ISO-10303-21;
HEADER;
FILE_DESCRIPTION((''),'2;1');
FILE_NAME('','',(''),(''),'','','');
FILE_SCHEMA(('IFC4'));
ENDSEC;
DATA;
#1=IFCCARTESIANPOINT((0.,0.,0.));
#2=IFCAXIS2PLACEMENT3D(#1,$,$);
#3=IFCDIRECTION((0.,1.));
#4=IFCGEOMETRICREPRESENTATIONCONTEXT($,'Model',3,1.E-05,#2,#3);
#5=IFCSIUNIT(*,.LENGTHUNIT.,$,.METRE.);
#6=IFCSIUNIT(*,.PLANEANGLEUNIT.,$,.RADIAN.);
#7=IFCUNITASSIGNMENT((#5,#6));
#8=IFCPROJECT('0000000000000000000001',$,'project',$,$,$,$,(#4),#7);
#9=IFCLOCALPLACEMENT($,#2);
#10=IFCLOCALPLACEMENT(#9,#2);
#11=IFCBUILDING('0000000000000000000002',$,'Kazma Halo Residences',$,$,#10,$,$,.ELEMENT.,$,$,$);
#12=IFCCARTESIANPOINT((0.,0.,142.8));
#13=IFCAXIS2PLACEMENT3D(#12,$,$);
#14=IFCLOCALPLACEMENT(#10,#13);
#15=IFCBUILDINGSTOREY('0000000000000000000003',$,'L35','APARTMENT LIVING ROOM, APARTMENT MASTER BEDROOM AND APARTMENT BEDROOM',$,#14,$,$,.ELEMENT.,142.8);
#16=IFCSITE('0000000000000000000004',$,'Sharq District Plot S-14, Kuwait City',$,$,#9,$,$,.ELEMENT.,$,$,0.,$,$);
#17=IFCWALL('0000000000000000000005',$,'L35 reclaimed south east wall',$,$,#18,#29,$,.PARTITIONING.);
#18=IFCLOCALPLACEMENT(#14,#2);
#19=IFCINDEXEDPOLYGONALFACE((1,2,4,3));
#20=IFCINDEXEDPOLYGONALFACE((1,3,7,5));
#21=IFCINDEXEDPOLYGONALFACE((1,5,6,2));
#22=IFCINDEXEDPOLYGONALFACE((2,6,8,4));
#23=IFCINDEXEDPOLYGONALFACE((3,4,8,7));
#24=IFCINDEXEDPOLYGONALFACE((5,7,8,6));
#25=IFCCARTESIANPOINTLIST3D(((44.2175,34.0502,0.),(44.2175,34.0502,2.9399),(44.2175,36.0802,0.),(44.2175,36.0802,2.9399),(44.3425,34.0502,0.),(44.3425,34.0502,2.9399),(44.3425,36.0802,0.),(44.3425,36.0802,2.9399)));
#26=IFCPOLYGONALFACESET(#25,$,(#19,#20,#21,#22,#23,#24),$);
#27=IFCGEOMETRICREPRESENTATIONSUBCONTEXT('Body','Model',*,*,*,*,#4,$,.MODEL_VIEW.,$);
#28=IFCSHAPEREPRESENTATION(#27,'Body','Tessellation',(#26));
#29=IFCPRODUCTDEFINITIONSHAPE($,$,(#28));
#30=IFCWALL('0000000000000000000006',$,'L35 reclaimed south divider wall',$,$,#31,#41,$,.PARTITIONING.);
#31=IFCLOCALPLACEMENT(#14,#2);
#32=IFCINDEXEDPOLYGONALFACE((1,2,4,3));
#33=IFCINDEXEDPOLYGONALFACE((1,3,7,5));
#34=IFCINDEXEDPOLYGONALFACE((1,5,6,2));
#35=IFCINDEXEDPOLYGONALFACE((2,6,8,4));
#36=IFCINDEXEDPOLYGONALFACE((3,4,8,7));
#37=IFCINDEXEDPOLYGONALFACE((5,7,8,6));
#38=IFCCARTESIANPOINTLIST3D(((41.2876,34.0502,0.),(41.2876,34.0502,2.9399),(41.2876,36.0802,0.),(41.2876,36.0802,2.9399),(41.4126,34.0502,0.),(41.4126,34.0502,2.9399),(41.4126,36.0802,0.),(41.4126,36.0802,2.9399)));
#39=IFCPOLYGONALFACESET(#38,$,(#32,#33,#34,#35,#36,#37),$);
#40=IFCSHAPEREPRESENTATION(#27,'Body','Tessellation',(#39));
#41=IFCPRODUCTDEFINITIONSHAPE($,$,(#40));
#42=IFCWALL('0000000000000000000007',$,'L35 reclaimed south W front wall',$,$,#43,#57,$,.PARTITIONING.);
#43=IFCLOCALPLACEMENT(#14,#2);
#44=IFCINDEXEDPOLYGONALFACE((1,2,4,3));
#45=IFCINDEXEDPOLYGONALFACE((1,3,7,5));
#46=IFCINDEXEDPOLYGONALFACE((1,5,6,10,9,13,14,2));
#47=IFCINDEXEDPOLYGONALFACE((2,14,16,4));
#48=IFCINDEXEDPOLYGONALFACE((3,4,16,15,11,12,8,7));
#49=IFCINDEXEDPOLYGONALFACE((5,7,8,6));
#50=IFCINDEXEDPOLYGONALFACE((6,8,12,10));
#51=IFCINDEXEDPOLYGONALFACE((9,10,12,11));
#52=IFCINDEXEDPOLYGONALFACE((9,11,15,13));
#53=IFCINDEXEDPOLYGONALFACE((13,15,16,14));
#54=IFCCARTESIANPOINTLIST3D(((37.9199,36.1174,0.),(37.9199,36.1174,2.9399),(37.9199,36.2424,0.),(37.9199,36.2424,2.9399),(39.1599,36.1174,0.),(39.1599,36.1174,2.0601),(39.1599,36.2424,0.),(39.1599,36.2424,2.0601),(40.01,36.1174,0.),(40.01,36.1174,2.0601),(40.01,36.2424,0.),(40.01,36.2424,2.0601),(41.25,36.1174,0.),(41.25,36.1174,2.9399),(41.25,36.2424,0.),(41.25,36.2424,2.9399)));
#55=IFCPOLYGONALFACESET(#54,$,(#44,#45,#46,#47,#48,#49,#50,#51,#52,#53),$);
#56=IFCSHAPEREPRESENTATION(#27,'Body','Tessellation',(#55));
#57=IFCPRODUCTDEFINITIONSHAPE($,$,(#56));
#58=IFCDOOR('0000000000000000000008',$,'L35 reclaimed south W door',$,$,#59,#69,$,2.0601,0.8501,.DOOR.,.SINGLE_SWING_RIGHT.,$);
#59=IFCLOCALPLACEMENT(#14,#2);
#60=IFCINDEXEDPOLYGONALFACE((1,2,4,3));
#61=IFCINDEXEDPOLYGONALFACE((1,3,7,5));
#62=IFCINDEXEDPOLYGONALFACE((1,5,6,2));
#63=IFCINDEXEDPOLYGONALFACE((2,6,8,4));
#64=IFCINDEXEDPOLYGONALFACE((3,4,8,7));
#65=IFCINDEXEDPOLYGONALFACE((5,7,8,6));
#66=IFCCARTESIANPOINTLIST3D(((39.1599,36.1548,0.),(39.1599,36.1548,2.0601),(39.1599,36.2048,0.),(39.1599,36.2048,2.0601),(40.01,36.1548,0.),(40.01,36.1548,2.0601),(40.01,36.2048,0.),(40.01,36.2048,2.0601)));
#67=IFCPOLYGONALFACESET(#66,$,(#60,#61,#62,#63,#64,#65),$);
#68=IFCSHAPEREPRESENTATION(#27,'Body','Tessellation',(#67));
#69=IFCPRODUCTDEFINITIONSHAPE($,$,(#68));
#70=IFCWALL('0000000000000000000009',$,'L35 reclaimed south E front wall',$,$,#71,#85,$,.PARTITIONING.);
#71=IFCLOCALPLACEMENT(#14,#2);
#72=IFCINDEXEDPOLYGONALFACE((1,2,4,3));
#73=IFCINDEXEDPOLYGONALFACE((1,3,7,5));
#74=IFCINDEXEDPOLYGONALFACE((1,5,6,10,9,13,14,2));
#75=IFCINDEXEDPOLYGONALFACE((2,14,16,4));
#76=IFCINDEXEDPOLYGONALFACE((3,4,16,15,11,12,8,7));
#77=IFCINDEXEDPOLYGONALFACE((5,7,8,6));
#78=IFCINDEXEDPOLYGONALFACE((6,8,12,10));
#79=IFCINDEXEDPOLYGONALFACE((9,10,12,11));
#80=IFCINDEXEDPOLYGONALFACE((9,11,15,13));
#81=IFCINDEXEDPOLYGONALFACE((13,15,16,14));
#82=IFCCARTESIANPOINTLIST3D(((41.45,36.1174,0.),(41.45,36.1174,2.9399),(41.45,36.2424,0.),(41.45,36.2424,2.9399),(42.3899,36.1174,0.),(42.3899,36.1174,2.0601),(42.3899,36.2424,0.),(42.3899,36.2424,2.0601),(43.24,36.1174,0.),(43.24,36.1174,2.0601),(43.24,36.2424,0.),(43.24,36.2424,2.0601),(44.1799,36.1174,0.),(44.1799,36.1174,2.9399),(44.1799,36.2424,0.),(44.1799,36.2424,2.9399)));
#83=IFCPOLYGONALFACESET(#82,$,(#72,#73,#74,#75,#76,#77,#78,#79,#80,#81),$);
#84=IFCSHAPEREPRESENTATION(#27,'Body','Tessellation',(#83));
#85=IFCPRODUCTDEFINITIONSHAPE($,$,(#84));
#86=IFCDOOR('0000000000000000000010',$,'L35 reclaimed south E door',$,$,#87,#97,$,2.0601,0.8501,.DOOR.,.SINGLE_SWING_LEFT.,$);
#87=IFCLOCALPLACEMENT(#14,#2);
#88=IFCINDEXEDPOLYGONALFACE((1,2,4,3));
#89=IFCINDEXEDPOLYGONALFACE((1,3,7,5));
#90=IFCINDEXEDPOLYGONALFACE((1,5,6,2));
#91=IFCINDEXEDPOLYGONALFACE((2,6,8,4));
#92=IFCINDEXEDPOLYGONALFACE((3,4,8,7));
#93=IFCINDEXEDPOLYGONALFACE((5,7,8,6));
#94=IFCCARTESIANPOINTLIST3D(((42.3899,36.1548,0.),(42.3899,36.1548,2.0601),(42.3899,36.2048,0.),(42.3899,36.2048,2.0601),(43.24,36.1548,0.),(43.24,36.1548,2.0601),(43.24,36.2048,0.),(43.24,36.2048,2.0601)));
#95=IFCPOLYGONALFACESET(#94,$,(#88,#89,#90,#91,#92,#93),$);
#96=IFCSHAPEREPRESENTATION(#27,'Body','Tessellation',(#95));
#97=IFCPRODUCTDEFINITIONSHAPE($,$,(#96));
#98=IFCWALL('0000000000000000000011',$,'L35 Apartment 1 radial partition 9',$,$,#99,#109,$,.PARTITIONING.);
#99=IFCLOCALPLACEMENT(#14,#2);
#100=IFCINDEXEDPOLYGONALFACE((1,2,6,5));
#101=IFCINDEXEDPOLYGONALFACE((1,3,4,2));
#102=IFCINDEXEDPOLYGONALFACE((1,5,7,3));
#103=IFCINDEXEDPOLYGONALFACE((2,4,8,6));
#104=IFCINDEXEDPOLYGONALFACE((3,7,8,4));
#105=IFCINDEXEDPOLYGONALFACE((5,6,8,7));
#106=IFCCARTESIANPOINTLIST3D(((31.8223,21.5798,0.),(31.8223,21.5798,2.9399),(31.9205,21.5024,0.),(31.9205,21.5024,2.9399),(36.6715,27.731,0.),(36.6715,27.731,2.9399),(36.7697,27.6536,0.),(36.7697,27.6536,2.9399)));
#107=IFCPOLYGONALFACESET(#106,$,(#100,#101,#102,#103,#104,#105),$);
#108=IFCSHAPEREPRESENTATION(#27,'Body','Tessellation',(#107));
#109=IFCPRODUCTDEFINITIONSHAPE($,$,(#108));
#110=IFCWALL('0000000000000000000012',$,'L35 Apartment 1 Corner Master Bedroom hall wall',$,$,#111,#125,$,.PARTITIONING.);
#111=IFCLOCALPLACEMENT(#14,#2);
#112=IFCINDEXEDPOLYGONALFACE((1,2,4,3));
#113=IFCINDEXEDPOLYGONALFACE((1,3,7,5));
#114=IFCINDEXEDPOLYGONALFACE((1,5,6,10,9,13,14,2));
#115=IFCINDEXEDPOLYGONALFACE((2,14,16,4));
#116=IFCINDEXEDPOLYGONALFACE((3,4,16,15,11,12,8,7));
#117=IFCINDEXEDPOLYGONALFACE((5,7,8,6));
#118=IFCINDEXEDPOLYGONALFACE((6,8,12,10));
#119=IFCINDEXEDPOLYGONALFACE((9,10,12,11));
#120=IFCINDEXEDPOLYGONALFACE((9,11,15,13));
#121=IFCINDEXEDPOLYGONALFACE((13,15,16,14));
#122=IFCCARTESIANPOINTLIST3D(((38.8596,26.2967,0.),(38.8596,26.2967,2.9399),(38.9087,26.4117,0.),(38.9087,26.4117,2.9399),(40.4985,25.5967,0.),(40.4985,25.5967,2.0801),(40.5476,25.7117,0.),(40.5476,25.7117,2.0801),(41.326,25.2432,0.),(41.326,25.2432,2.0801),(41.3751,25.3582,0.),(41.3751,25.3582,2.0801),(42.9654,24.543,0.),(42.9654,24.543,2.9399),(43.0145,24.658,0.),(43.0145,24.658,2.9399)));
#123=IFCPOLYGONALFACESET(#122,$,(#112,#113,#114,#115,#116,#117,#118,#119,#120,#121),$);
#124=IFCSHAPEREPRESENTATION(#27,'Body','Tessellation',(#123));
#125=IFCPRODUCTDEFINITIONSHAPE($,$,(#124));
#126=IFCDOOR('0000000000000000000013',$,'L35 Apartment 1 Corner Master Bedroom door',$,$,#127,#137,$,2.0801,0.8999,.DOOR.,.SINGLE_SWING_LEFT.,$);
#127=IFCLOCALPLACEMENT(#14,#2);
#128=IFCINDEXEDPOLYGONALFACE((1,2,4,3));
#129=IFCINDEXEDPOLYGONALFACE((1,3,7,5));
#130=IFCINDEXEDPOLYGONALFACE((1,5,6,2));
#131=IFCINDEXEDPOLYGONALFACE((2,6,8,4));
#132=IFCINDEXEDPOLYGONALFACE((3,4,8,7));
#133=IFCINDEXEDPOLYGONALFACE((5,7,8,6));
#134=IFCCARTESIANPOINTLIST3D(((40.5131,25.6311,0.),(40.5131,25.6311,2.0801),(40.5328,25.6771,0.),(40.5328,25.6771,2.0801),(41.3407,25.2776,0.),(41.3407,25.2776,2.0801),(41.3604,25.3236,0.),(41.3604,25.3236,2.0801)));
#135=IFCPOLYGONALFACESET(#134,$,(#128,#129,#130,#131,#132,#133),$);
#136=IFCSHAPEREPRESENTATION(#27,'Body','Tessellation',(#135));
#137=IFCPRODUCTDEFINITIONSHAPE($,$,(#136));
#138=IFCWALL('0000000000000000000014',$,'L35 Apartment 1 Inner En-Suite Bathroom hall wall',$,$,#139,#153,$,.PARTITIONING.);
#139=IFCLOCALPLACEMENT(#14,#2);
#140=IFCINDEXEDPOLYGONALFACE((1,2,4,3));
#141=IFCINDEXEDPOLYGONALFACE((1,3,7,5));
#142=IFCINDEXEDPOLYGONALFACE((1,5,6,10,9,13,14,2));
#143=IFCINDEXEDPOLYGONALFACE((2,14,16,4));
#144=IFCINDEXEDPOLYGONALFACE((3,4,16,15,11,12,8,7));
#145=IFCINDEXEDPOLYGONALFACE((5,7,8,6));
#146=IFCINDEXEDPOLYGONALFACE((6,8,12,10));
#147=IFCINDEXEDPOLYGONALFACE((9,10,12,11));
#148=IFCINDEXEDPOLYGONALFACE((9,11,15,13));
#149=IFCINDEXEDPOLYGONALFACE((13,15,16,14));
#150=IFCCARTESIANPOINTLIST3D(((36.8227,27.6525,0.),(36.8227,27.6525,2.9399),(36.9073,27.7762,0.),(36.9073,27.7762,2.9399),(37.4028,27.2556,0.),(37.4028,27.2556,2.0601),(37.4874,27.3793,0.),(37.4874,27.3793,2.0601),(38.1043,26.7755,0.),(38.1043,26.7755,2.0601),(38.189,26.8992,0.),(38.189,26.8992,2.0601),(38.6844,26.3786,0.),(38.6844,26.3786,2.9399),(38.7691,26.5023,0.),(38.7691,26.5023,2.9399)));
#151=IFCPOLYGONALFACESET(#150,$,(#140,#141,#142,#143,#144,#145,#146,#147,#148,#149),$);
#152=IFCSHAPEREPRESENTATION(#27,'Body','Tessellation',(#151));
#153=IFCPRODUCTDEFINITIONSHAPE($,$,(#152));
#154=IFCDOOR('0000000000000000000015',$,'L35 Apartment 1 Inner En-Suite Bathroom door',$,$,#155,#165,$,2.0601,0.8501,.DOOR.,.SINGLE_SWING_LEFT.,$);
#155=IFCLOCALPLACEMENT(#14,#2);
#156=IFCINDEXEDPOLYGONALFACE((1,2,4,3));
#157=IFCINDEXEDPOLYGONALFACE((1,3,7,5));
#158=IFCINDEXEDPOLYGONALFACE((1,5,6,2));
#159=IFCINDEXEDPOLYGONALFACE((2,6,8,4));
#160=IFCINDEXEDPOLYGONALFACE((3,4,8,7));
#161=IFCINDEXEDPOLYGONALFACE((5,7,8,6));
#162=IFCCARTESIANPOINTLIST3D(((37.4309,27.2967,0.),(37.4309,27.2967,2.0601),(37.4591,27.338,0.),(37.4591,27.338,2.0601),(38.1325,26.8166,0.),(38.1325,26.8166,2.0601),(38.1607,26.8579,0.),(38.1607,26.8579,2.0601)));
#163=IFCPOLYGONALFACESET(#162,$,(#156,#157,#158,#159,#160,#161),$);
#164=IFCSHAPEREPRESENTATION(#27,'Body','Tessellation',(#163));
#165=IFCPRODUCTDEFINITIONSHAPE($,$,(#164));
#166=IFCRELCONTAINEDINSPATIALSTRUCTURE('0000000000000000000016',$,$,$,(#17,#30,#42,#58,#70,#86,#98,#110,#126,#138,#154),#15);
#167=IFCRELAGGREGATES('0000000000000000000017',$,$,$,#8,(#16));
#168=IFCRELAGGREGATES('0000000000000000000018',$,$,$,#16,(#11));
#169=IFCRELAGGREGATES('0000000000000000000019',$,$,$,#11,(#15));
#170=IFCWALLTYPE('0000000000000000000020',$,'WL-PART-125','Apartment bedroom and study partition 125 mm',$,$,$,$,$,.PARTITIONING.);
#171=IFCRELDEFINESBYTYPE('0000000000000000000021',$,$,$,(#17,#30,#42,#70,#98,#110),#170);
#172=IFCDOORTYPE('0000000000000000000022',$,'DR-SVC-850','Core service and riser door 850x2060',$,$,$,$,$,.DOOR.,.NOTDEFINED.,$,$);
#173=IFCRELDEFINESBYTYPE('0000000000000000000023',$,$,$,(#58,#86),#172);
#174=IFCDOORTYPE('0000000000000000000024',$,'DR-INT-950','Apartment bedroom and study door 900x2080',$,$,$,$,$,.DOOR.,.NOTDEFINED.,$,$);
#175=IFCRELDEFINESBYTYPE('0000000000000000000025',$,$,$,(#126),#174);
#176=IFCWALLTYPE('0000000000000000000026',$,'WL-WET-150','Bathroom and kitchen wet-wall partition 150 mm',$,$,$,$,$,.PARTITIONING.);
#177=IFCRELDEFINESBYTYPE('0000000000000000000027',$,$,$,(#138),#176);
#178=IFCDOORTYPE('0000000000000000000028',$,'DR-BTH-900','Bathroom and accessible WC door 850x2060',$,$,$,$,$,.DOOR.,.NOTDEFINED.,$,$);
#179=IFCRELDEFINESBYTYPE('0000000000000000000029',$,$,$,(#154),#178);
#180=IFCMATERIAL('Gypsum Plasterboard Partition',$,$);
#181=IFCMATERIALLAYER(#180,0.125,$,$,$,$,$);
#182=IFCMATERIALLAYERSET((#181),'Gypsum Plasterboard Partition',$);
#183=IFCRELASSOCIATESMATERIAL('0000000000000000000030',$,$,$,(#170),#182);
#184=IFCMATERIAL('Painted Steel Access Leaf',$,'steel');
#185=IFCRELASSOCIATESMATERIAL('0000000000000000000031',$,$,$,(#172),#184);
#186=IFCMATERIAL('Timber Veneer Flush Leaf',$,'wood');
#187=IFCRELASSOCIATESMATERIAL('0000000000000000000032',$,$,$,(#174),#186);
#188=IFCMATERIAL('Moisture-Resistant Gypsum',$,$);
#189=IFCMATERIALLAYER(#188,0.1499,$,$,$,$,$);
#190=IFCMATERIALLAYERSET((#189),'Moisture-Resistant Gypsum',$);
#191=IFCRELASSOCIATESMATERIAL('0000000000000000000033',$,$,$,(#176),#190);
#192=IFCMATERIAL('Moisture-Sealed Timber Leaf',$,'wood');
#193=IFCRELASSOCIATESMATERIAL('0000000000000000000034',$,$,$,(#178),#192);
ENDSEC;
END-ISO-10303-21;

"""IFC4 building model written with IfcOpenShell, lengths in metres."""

from ifc_helpers import new_model, si_unit, direction, frame, frame_2d, origin, place, context, subcontext, project, spatial, rectangle, extrude, material, layer, layer_set, type_object, element, fill, save


model = new_model("IFC4")

# Units and contexts
model_context = context("Model", 3, precision=1e-05, world=origin(), true_north=direction((0.0, 1.0)))
body_context = subcontext(model_context, "Body", "Model", "MODEL_VIEW")
ifc_project = project(units=[si_unit("LENGTHUNIT", "METRE"), si_unit("PLANEANGLEUNIT", "RADIAN")], contexts=[model_context])

# Site, building, storey
site_placement = place(None, origin())
site = spatial("IfcSite", under=ifc_project, at=site_placement, Name="Sharq District Plot S-14, Kuwait City", CompositionType="ELEMENT", RefElevation=0.0)
building_placement = place(site_placement, origin())
building = spatial("IfcBuilding", under=site, at=building_placement, Name="Kazma Halo Residences", CompositionType="ELEMENT")
storey_placement = place(building_placement, frame((0.0, 0.0, 142.8)))
storey = spatial("IfcBuildingStorey", under=building, at=storey_placement, Name="L35", Description="APARTMENT LIVING ROOM, APARTMENT MASTER BEDROOM AND APARTMENT BEDROOM", CompositionType="ELEMENT", Elevation=142.8)

# Walls
ifc_material_1 = material(Name="Gypsum Plasterboard Partition")
ifc_layer_1 = layer(ifc_material_1, 0.125)
ifc_layer_set_1 = layer_set([ifc_layer_1], Name="Gypsum Plasterboard Partition")
wall_type_1 = type_object("IfcWallType", Name="WL-PART-125", Description="Apartment bedroom and study partition 125 mm", PredefinedType="PARTITIONING", material=ifc_layer_set_1)
for number, where, z_axis, x_axis, name in (
    (1, (44.28, 34.05, 0.0), (0.0, 0.0, 1.0), (0.0, 1.0, 0.0), "L35 reclaimed south east wall"),
    (2, (41.3501, 34.05, 0.0), (0.0, 0.0, 1.0), (0.0, 1.0, 0.0), "L35 reclaimed south divider wall"),
):
    element("IfcWall", number, at=place(storey_placement, frame(where, z_axis=z_axis, x_axis=x_axis)), inside=storey, type_object=wall_type_1, Name=name, PredefinedType="PARTITIONING", context=body_context, shape_type="SweptSolid", body=[
        extrude(rectangle(XDim=2.03, YDim=0.125, at=frame_2d((1.0151, 0.0))), origin(), (0.0, 0.0, 1.0), 2.9399),
    ])

# Walls, openings, doors
wall_1_placement = place(storey_placement, frame((37.9199, 36.1799, 0.0), z_axis=(0.0, 0.0, 1.0), x_axis=(1.0, 0.0, 0.0)))
wall_1 = element("IfcWall", 3, at=wall_1_placement, inside=storey, type_object=wall_type_1, Name="L35 reclaimed south W front wall", PredefinedType="PARTITIONING", context=body_context, shape_type="SweptSolid", body=[
    extrude(rectangle(XDim=3.3301, YDim=0.125, at=frame_2d((1.665, 0.0))), origin(), (0.0, 0.0, 1.0), 2.9399),
])
opening_1_placement = place(wall_1_placement, frame((1.24, 0.0, 0.0)))
opening_1 = element("IfcOpeningElement", 4, at=opening_1_placement, cuts=wall_1, PredefinedType="OPENING", context=body_context, shape_type="SweptSolid", body=[
    extrude(rectangle(XDim=0.8501, YDim=2.0601, at=frame_2d((0.425, 1.03))), frame((0.0, 0.0725, 0.0), z_axis=(0.0, -1.0, 0.0), x_axis=(1.0, 0.0, 0.0)), (0.0, 0.0, 1.0), 0.145),
])
ifc_material_2 = material(Name="Painted Steel Access Leaf", Category="steel")
door_type_1 = type_object("IfcDoorType", Name="DR-SVC-850", Description="Core service and riser door 850x2060", OperationType="NOTDEFINED", PredefinedType="DOOR", material=ifc_material_2)
door_1_placement = place(opening_1_placement, origin())
door_1 = element("IfcDoor", 5, at=door_1_placement, inside=storey, type_object=door_type_1, Name="L35 reclaimed south W door", OperationType="SINGLE_SWING_RIGHT", OverallHeight=2.0601, OverallWidth=0.8501, PredefinedType="DOOR", context=body_context, shape_type="SweptSolid", body=[
    extrude(rectangle(XDim=0.8501, YDim=2.0601, at=frame_2d((0.425, 1.03))), frame((0.0, 0.0249, 0.0), z_axis=(0.0, -1.0, 0.0), x_axis=(1.0, 0.0, 0.0)), (0.0, 0.0, 1.0), 0.05),
])
fill(opening_1, door_1)
wall_2_placement = place(storey_placement, frame((41.45, 36.1799, 0.0), z_axis=(0.0, 0.0, 1.0), x_axis=(1.0, 0.0, 0.0)))
wall_2 = element("IfcWall", 6, at=wall_2_placement, inside=storey, type_object=wall_type_1, Name="L35 reclaimed south E front wall", PredefinedType="PARTITIONING", context=body_context, shape_type="SweptSolid", body=[
    extrude(rectangle(XDim=2.73, YDim=0.125, at=frame_2d((1.365, 0.0))), origin(), (0.0, 0.0, 1.0), 2.9399),
])
opening_2_placement = place(wall_2_placement, frame((0.9399, 0.0, 0.0)))
opening_2 = element("IfcOpeningElement", 7, at=opening_2_placement, cuts=wall_2, PredefinedType="OPENING", context=body_context, shape_type="SweptSolid", body=[
    extrude(rectangle(XDim=0.8501, YDim=2.0601, at=frame_2d((0.425, 1.03))), frame((0.0, 0.0725, 0.0), z_axis=(0.0, -1.0, 0.0), x_axis=(1.0, 0.0, 0.0)), (0.0, 0.0, 1.0), 0.145),
])
door_2_placement = place(opening_2_placement, origin())
door_2 = element("IfcDoor", 8, at=door_2_placement, inside=storey, type_object=door_type_1, Name="L35 reclaimed south E door", OperationType="SINGLE_SWING_LEFT", OverallHeight=2.0601, OverallWidth=0.8501, PredefinedType="DOOR", context=body_context, shape_type="SweptSolid", body=[
    extrude(rectangle(XDim=0.8501, YDim=2.0601, at=frame_2d((0.425, 1.03))), frame((0.0, 0.0249, 0.0), z_axis=(0.0, -1.0, 0.0), x_axis=(1.0, 0.0, 0.0)), (0.0, 0.0, 1.0), 0.05),
])
fill(opening_2, door_2)

# Wall
wall_3_placement = place(storey_placement, frame((36.7207, 27.6924, 0.0), z_axis=(0.0, 0.0, 1.0), x_axis=(-0.619091, -0.785319, 0.0)))
element("IfcWall", 9, at=wall_3_placement, inside=storey, type_object=wall_type_1, Name="L35 Apartment 1 radial partition 9", PredefinedType="PARTITIONING", context=body_context, shape_type="SweptSolid", body=[
    extrude(rectangle(XDim=7.8328, YDim=0.125, at=frame_2d((3.9165, 0.0))), origin(), (0.0, 0.0, 1.0), 2.9399),
])

# Walls, openings, doors
wall_4_placement = place(storey_placement, frame((38.884, 26.3542, 0.0), z_axis=(0.0, 0.0, 1.0), x_axis=(0.919625, -0.392797, 0.0)))
wall_4 = element("IfcWall", 10, at=wall_4_placement, inside=storey, type_object=wall_type_1, Name="L35 Apartment 1 Corner Master Bedroom hall wall", PredefinedType="PARTITIONING", context=body_context, shape_type="SweptSolid", body=[
    extrude(rectangle(XDim=4.4646, YDim=0.125, at=frame_2d((2.2324, 0.0))), origin(), (0.0, 0.0, 1.0), 2.9399),
])
opening_3_placement = place(wall_4_placement, frame((1.7822, 0.0, 0.0)))
opening_3 = element("IfcOpeningElement", 11, at=opening_3_placement, cuts=wall_4, PredefinedType="OPENING", context=body_context, shape_type="SweptSolid", body=[
    extrude(rectangle(XDim=0.8999, YDim=2.0801, at=frame_2d((0.45, 1.04))), frame((0.0, 0.0725, 0.0), z_axis=(0.0, -1.0, 0.0), x_axis=(1.0, 0.0, 0.0)), (0.0, 0.0, 1.0), 0.145),
])
ifc_material_3 = material(Name="Timber Veneer Flush Leaf", Category="wood")
door_type_2 = type_object("IfcDoorType", Name="DR-INT-950", Description="Apartment bedroom and study door 900x2080", OperationType="NOTDEFINED", PredefinedType="DOOR", material=ifc_material_3)
door_3_placement = place(opening_3_placement, origin())
door_3 = element("IfcDoor", 12, at=door_3_placement, inside=storey, type_object=door_type_2, Name="L35 Apartment 1 Corner Master Bedroom door", OperationType="SINGLE_SWING_LEFT", OverallHeight=2.0801, OverallWidth=0.8999, PredefinedType="DOOR", context=body_context, shape_type="SweptSolid", body=[
    extrude(rectangle(XDim=0.8999, YDim=2.0801, at=frame_2d((0.45, 1.04))), frame((0.0, 0.0249, 0.0), z_axis=(0.0, -1.0, 0.0), x_axis=(1.0, 0.0, 0.0)), (0.0, 0.0, 1.0), 0.05),
])
fill(opening_3, door_3)
ifc_material_4 = material(Name="Moisture-Resistant Gypsum")
ifc_layer_2 = layer(ifc_material_4, 0.1499)
ifc_layer_set_2 = layer_set([ifc_layer_2], Name="Moisture-Resistant Gypsum")
wall_type_2 = type_object("IfcWallType", Name="WL-WET-150", Description="Bathroom and kitchen wet-wall partition 150 mm", PredefinedType="PARTITIONING", material=ifc_layer_set_2)
wall_5_placement = place(storey_placement, frame((36.865, 27.7144, 0.0), z_axis=(0.0, 0.0, 1.0), x_axis=(0.825297, -0.564699, 0.0)))
wall_5 = element("IfcWall", 13, at=wall_5_placement, inside=storey, type_object=wall_type_2, Name="L35 Apartment 1 Inner En-Suite Bathroom hall wall", PredefinedType="PARTITIONING", context=body_context, shape_type="SweptSolid", body=[
    extrude(rectangle(XDim=2.2559, YDim=0.1499, at=frame_2d((1.1279, 0.0))), origin(), (0.0, 0.0, 1.0), 2.9399),
])
opening_4_placement = place(wall_5_placement, frame((0.7029, 0.0, 0.0)))
opening_4 = element("IfcOpeningElement", 14, at=opening_4_placement, cuts=wall_5, PredefinedType="OPENING", context=body_context, shape_type="SweptSolid", body=[
    extrude(rectangle(XDim=0.8501, YDim=2.0601, at=frame_2d((0.425, 1.03))), frame((0.0, 0.085, 0.0), z_axis=(0.0, -1.0, 0.0), x_axis=(1.0, 0.0, 0.0)), (0.0, 0.0, 1.0), 0.1699),
])
ifc_material_5 = material(Name="Moisture-Sealed Timber Leaf", Category="wood")
door_type_3 = type_object("IfcDoorType", Name="DR-BTH-900", Description="Bathroom and accessible WC door 850x2060", OperationType="NOTDEFINED", PredefinedType="DOOR", material=ifc_material_5)
door_4_placement = place(opening_4_placement, origin())
door_4 = element("IfcDoor", 15, at=door_4_placement, inside=storey, type_object=door_type_3, Name="L35 Apartment 1 Inner En-Suite Bathroom door", OperationType="SINGLE_SWING_LEFT", OverallHeight=2.0601, OverallWidth=0.8501, PredefinedType="DOOR", context=body_context, shape_type="SweptSolid", body=[
    extrude(rectangle(XDim=0.8501, YDim=2.0601, at=frame_2d((0.425, 1.03))), frame((0.0, 0.0249, 0.0), z_axis=(0.0, -1.0, 0.0), x_axis=(1.0, 0.0, 0.0)), (0.0, 0.0, 1.0), 0.05),
])
fill(opening_4, door_4)

save(model, "model.ifc")
